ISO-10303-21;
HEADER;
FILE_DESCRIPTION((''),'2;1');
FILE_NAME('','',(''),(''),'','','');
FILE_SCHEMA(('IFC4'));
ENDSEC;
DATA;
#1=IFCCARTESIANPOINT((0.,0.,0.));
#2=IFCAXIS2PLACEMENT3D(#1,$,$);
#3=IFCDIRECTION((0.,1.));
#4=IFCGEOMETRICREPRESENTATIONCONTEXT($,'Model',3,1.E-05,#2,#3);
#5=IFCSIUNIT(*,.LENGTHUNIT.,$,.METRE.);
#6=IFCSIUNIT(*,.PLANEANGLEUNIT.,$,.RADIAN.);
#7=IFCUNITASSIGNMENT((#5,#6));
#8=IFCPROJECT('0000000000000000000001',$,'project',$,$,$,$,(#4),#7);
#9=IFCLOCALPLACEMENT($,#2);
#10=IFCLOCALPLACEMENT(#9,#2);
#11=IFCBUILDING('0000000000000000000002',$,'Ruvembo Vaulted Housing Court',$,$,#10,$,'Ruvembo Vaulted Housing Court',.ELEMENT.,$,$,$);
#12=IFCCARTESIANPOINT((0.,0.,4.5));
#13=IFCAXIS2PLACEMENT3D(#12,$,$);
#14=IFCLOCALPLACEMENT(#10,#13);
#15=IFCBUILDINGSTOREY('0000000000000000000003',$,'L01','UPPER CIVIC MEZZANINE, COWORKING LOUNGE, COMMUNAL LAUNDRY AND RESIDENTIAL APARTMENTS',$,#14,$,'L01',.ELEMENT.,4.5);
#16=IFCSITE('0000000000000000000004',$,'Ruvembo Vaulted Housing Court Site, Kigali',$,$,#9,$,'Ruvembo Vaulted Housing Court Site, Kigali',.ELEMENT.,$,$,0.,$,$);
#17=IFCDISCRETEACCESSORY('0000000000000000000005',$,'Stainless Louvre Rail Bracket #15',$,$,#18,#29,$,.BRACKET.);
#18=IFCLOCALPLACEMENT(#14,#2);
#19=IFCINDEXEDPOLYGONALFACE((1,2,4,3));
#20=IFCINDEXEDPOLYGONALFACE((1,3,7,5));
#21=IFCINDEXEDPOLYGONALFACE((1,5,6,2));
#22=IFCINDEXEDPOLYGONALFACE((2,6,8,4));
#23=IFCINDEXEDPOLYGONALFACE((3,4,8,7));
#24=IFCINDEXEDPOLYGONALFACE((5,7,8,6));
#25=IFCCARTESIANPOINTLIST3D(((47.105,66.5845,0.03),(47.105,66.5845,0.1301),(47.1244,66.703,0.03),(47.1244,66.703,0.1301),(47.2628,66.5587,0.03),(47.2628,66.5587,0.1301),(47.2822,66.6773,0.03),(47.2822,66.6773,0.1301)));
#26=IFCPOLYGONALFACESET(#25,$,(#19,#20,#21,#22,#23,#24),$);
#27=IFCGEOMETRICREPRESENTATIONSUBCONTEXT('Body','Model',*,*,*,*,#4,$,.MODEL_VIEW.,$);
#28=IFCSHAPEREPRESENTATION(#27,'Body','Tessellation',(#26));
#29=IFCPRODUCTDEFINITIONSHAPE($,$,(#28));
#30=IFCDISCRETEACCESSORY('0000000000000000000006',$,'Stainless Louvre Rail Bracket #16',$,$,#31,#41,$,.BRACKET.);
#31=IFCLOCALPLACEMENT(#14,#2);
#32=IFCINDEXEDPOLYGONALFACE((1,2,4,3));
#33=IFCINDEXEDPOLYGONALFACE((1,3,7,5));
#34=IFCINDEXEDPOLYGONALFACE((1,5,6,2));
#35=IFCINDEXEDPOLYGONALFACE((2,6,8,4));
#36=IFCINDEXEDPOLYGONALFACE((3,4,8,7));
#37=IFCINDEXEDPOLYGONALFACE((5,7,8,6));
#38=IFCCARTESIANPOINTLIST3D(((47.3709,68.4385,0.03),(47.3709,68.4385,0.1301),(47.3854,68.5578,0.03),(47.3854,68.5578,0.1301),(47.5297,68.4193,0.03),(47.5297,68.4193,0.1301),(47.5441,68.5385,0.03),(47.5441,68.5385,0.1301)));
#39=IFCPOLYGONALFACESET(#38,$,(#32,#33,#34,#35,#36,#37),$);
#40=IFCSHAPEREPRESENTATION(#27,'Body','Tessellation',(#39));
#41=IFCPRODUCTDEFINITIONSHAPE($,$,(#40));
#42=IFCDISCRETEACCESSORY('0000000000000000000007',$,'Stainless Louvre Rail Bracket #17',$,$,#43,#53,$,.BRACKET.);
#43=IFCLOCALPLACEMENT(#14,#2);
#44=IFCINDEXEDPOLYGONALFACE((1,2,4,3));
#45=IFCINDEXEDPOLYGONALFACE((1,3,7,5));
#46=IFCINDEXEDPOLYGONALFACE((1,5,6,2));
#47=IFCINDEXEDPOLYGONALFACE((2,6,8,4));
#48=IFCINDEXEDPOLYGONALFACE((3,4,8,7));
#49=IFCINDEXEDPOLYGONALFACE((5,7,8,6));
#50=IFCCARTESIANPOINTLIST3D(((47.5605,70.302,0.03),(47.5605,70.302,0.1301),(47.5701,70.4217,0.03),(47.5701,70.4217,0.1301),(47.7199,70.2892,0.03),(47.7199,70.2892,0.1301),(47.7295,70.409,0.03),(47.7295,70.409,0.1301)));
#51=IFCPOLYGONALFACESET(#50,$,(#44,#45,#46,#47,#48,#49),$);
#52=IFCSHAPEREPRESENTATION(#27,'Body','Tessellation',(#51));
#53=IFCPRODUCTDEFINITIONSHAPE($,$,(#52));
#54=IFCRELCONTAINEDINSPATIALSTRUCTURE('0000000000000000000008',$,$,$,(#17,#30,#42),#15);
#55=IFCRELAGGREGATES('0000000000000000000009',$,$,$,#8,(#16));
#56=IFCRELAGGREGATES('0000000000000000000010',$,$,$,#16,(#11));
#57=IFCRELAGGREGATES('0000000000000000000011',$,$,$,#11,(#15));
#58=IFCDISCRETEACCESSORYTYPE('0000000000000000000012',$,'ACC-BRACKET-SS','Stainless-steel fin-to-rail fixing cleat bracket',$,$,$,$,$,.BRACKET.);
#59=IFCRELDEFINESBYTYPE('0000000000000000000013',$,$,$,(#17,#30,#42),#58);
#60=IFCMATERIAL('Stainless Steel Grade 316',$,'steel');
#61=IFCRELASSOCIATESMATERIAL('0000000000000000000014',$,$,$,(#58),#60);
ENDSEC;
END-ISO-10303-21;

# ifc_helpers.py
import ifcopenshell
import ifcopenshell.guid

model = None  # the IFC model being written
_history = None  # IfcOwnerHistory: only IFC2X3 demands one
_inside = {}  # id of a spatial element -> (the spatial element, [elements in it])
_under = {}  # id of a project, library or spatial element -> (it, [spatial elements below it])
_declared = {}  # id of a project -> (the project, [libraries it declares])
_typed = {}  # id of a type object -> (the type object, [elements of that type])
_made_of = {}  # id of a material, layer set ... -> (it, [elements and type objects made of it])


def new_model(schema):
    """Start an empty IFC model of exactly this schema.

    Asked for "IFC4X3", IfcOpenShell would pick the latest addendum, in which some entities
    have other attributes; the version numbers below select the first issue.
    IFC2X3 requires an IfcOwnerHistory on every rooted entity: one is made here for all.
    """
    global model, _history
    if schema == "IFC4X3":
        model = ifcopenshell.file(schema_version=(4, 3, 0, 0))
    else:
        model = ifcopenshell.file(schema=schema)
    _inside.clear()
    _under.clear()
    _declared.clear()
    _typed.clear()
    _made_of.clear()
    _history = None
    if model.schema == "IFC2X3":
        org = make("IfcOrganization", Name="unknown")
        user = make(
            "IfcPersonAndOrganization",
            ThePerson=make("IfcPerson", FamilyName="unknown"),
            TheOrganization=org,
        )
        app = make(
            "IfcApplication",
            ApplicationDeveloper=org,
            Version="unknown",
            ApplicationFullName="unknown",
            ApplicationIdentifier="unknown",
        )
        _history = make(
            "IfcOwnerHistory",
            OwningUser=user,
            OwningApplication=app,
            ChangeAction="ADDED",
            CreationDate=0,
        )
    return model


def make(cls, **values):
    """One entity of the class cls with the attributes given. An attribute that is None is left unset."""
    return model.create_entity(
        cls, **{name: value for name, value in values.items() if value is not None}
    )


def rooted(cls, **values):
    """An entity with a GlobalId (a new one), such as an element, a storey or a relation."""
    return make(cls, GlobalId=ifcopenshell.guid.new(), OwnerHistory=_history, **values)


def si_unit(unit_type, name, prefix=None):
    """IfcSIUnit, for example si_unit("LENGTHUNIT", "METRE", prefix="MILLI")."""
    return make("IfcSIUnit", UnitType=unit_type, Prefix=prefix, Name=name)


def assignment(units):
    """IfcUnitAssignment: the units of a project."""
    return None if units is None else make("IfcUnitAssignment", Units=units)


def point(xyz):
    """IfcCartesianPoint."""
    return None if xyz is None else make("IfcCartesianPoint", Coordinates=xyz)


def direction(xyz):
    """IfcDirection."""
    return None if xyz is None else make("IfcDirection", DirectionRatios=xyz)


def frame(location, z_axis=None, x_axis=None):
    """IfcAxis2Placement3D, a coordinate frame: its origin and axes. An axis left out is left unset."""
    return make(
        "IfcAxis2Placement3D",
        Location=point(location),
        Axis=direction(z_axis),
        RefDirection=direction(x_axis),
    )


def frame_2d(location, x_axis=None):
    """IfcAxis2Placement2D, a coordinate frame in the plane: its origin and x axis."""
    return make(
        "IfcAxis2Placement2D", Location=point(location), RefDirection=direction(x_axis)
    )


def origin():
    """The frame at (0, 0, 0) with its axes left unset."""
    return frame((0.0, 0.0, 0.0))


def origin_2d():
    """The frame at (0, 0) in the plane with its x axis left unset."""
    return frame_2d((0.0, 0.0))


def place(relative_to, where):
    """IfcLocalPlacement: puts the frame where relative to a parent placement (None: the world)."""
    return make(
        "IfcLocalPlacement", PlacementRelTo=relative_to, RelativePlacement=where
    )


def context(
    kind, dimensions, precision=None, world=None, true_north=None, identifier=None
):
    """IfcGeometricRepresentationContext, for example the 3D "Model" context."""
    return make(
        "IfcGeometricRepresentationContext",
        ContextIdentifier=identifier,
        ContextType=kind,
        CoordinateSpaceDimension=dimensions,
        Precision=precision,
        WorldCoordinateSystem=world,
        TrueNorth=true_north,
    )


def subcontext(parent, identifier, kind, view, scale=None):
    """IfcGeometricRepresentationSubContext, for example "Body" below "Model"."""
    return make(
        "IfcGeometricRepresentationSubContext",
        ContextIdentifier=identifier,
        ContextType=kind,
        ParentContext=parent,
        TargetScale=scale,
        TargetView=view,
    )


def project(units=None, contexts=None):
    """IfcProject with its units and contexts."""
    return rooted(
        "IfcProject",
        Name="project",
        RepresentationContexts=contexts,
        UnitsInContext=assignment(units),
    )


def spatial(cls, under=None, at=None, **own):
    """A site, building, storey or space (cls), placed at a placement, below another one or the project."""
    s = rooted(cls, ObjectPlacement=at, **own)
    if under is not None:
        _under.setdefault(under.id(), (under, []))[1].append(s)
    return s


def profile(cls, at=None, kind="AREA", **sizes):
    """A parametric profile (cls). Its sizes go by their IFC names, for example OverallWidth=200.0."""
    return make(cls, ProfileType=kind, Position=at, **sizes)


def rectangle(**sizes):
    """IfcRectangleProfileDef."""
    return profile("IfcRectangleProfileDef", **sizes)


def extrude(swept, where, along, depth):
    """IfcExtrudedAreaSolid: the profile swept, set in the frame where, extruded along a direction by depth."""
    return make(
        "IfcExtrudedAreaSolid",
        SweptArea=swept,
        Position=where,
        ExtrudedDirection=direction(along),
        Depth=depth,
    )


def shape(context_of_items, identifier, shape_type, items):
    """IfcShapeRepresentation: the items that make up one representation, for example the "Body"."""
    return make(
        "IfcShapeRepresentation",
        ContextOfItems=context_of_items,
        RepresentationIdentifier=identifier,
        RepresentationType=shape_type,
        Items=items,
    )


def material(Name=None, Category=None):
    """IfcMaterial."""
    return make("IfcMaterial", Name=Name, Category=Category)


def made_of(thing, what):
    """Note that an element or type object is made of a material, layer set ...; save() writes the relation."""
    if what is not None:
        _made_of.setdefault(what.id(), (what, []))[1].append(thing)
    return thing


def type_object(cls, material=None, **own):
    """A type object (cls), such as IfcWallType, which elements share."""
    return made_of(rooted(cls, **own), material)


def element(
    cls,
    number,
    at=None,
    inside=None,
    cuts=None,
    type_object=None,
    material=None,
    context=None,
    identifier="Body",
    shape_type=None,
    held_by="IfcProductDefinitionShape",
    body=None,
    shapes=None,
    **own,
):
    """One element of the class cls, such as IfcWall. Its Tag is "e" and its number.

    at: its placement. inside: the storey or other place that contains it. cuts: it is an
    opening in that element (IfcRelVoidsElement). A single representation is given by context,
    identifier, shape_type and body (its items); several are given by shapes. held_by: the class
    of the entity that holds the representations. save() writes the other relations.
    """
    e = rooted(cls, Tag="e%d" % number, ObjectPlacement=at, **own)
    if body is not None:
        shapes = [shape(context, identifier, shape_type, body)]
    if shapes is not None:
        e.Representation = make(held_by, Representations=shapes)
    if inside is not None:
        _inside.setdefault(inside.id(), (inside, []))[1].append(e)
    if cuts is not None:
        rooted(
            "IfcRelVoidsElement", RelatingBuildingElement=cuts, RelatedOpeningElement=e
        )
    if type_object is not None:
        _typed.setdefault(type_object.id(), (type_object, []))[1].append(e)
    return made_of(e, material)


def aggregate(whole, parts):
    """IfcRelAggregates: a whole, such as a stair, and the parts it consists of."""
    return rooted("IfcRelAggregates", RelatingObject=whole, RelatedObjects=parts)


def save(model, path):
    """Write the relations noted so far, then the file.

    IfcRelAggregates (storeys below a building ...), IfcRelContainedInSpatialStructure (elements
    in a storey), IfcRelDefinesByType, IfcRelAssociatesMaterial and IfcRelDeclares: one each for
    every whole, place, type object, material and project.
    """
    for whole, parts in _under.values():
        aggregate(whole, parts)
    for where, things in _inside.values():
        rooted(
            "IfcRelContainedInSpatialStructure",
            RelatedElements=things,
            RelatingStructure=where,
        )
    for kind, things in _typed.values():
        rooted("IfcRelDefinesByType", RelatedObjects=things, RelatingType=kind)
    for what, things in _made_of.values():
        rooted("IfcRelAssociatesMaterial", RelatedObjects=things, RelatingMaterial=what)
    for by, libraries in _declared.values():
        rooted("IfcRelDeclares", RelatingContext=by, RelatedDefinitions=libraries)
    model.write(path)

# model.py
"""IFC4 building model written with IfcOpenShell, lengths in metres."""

from ifc_helpers import new_model, si_unit, direction, frame, origin, origin_2d, place, context, subcontext, project, spatial, rectangle, extrude, material, type_object, element, save


model = new_model("IFC4")

# Units and contexts
model_context = context("Model", 3, precision=1e-05, world=origin(), true_north=direction((0.0, 1.0)))
body_context = subcontext(model_context, "Body", "Model", "MODEL_VIEW")
ifc_project = project(units=[si_unit("LENGTHUNIT", "METRE"), si_unit("PLANEANGLEUNIT", "RADIAN")], contexts=[model_context])

# Site, building, storey
site_placement = place(None, origin())
site = spatial("IfcSite", under=ifc_project, at=site_placement, Name="Ruvembo Vaulted Housing Court Site, Kigali", LongName="Ruvembo Vaulted Housing Court Site, Kigali", CompositionType="ELEMENT", RefElevation=0.0)
building_placement = place(site_placement, origin())
building = spatial("IfcBuilding", under=site, at=building_placement, Name="Ruvembo Vaulted Housing Court", LongName="Ruvembo Vaulted Housing Court", CompositionType="ELEMENT")
storey_placement = place(building_placement, frame((0.0, 0.0, 4.5)))
storey = spatial("IfcBuildingStorey", under=building, at=storey_placement, Name="L01", Description="UPPER CIVIC MEZZANINE, COWORKING LOUNGE, COMMUNAL LAUNDRY AND RESIDENTIAL APARTMENTS", LongName="L01", CompositionType="ELEMENT", Elevation=4.5)

# Discrete accessories
ifc_material_1 = material(Name="Stainless Steel Grade 316", Category="steel")
discrete_accessory_type = type_object("IfcDiscreteAccessoryType", Name="ACC-BRACKET-SS", Description="Stainless-steel fin-to-rail fixing cleat bracket", PredefinedType="BRACKET", material=ifc_material_1)
for number, where, z_axis, x_axis, name in (
    (1, (47.1936, 66.6309, 0.03), (0.0, 0.0, 1.0), (0.986957, -0.160984, 0.0), "Stainless Louvre Rail Bracket #15"),
    (2, (47.4575, 68.4885, 0.03), (0.0, 0.0, 1.0), (0.992734, -0.120327, 0.0), "Stainless Louvre Rail Bracket #16"),
    (3, (47.645, 70.3555, 0.03), (0.0, 0.0, 1.0), (0.996826, -0.079607, 0.0), "Stainless Louvre Rail Bracket #17"),
):
    element("IfcDiscreteAccessory", number, at=place(storey_placement, frame(where, z_axis=z_axis, x_axis=x_axis)), inside=storey, type_object=discrete_accessory_type, Name=name, PredefinedType="BRACKET", context=body_context, shape_type="SweptSolid", body=[
        extrude(rectangle(XDim=0.1599, YDim=0.1201, at=origin_2d()), origin(), (0.0, 0.0, 1.0), 0.1001),
    ])

save(model, "model.ifc")
